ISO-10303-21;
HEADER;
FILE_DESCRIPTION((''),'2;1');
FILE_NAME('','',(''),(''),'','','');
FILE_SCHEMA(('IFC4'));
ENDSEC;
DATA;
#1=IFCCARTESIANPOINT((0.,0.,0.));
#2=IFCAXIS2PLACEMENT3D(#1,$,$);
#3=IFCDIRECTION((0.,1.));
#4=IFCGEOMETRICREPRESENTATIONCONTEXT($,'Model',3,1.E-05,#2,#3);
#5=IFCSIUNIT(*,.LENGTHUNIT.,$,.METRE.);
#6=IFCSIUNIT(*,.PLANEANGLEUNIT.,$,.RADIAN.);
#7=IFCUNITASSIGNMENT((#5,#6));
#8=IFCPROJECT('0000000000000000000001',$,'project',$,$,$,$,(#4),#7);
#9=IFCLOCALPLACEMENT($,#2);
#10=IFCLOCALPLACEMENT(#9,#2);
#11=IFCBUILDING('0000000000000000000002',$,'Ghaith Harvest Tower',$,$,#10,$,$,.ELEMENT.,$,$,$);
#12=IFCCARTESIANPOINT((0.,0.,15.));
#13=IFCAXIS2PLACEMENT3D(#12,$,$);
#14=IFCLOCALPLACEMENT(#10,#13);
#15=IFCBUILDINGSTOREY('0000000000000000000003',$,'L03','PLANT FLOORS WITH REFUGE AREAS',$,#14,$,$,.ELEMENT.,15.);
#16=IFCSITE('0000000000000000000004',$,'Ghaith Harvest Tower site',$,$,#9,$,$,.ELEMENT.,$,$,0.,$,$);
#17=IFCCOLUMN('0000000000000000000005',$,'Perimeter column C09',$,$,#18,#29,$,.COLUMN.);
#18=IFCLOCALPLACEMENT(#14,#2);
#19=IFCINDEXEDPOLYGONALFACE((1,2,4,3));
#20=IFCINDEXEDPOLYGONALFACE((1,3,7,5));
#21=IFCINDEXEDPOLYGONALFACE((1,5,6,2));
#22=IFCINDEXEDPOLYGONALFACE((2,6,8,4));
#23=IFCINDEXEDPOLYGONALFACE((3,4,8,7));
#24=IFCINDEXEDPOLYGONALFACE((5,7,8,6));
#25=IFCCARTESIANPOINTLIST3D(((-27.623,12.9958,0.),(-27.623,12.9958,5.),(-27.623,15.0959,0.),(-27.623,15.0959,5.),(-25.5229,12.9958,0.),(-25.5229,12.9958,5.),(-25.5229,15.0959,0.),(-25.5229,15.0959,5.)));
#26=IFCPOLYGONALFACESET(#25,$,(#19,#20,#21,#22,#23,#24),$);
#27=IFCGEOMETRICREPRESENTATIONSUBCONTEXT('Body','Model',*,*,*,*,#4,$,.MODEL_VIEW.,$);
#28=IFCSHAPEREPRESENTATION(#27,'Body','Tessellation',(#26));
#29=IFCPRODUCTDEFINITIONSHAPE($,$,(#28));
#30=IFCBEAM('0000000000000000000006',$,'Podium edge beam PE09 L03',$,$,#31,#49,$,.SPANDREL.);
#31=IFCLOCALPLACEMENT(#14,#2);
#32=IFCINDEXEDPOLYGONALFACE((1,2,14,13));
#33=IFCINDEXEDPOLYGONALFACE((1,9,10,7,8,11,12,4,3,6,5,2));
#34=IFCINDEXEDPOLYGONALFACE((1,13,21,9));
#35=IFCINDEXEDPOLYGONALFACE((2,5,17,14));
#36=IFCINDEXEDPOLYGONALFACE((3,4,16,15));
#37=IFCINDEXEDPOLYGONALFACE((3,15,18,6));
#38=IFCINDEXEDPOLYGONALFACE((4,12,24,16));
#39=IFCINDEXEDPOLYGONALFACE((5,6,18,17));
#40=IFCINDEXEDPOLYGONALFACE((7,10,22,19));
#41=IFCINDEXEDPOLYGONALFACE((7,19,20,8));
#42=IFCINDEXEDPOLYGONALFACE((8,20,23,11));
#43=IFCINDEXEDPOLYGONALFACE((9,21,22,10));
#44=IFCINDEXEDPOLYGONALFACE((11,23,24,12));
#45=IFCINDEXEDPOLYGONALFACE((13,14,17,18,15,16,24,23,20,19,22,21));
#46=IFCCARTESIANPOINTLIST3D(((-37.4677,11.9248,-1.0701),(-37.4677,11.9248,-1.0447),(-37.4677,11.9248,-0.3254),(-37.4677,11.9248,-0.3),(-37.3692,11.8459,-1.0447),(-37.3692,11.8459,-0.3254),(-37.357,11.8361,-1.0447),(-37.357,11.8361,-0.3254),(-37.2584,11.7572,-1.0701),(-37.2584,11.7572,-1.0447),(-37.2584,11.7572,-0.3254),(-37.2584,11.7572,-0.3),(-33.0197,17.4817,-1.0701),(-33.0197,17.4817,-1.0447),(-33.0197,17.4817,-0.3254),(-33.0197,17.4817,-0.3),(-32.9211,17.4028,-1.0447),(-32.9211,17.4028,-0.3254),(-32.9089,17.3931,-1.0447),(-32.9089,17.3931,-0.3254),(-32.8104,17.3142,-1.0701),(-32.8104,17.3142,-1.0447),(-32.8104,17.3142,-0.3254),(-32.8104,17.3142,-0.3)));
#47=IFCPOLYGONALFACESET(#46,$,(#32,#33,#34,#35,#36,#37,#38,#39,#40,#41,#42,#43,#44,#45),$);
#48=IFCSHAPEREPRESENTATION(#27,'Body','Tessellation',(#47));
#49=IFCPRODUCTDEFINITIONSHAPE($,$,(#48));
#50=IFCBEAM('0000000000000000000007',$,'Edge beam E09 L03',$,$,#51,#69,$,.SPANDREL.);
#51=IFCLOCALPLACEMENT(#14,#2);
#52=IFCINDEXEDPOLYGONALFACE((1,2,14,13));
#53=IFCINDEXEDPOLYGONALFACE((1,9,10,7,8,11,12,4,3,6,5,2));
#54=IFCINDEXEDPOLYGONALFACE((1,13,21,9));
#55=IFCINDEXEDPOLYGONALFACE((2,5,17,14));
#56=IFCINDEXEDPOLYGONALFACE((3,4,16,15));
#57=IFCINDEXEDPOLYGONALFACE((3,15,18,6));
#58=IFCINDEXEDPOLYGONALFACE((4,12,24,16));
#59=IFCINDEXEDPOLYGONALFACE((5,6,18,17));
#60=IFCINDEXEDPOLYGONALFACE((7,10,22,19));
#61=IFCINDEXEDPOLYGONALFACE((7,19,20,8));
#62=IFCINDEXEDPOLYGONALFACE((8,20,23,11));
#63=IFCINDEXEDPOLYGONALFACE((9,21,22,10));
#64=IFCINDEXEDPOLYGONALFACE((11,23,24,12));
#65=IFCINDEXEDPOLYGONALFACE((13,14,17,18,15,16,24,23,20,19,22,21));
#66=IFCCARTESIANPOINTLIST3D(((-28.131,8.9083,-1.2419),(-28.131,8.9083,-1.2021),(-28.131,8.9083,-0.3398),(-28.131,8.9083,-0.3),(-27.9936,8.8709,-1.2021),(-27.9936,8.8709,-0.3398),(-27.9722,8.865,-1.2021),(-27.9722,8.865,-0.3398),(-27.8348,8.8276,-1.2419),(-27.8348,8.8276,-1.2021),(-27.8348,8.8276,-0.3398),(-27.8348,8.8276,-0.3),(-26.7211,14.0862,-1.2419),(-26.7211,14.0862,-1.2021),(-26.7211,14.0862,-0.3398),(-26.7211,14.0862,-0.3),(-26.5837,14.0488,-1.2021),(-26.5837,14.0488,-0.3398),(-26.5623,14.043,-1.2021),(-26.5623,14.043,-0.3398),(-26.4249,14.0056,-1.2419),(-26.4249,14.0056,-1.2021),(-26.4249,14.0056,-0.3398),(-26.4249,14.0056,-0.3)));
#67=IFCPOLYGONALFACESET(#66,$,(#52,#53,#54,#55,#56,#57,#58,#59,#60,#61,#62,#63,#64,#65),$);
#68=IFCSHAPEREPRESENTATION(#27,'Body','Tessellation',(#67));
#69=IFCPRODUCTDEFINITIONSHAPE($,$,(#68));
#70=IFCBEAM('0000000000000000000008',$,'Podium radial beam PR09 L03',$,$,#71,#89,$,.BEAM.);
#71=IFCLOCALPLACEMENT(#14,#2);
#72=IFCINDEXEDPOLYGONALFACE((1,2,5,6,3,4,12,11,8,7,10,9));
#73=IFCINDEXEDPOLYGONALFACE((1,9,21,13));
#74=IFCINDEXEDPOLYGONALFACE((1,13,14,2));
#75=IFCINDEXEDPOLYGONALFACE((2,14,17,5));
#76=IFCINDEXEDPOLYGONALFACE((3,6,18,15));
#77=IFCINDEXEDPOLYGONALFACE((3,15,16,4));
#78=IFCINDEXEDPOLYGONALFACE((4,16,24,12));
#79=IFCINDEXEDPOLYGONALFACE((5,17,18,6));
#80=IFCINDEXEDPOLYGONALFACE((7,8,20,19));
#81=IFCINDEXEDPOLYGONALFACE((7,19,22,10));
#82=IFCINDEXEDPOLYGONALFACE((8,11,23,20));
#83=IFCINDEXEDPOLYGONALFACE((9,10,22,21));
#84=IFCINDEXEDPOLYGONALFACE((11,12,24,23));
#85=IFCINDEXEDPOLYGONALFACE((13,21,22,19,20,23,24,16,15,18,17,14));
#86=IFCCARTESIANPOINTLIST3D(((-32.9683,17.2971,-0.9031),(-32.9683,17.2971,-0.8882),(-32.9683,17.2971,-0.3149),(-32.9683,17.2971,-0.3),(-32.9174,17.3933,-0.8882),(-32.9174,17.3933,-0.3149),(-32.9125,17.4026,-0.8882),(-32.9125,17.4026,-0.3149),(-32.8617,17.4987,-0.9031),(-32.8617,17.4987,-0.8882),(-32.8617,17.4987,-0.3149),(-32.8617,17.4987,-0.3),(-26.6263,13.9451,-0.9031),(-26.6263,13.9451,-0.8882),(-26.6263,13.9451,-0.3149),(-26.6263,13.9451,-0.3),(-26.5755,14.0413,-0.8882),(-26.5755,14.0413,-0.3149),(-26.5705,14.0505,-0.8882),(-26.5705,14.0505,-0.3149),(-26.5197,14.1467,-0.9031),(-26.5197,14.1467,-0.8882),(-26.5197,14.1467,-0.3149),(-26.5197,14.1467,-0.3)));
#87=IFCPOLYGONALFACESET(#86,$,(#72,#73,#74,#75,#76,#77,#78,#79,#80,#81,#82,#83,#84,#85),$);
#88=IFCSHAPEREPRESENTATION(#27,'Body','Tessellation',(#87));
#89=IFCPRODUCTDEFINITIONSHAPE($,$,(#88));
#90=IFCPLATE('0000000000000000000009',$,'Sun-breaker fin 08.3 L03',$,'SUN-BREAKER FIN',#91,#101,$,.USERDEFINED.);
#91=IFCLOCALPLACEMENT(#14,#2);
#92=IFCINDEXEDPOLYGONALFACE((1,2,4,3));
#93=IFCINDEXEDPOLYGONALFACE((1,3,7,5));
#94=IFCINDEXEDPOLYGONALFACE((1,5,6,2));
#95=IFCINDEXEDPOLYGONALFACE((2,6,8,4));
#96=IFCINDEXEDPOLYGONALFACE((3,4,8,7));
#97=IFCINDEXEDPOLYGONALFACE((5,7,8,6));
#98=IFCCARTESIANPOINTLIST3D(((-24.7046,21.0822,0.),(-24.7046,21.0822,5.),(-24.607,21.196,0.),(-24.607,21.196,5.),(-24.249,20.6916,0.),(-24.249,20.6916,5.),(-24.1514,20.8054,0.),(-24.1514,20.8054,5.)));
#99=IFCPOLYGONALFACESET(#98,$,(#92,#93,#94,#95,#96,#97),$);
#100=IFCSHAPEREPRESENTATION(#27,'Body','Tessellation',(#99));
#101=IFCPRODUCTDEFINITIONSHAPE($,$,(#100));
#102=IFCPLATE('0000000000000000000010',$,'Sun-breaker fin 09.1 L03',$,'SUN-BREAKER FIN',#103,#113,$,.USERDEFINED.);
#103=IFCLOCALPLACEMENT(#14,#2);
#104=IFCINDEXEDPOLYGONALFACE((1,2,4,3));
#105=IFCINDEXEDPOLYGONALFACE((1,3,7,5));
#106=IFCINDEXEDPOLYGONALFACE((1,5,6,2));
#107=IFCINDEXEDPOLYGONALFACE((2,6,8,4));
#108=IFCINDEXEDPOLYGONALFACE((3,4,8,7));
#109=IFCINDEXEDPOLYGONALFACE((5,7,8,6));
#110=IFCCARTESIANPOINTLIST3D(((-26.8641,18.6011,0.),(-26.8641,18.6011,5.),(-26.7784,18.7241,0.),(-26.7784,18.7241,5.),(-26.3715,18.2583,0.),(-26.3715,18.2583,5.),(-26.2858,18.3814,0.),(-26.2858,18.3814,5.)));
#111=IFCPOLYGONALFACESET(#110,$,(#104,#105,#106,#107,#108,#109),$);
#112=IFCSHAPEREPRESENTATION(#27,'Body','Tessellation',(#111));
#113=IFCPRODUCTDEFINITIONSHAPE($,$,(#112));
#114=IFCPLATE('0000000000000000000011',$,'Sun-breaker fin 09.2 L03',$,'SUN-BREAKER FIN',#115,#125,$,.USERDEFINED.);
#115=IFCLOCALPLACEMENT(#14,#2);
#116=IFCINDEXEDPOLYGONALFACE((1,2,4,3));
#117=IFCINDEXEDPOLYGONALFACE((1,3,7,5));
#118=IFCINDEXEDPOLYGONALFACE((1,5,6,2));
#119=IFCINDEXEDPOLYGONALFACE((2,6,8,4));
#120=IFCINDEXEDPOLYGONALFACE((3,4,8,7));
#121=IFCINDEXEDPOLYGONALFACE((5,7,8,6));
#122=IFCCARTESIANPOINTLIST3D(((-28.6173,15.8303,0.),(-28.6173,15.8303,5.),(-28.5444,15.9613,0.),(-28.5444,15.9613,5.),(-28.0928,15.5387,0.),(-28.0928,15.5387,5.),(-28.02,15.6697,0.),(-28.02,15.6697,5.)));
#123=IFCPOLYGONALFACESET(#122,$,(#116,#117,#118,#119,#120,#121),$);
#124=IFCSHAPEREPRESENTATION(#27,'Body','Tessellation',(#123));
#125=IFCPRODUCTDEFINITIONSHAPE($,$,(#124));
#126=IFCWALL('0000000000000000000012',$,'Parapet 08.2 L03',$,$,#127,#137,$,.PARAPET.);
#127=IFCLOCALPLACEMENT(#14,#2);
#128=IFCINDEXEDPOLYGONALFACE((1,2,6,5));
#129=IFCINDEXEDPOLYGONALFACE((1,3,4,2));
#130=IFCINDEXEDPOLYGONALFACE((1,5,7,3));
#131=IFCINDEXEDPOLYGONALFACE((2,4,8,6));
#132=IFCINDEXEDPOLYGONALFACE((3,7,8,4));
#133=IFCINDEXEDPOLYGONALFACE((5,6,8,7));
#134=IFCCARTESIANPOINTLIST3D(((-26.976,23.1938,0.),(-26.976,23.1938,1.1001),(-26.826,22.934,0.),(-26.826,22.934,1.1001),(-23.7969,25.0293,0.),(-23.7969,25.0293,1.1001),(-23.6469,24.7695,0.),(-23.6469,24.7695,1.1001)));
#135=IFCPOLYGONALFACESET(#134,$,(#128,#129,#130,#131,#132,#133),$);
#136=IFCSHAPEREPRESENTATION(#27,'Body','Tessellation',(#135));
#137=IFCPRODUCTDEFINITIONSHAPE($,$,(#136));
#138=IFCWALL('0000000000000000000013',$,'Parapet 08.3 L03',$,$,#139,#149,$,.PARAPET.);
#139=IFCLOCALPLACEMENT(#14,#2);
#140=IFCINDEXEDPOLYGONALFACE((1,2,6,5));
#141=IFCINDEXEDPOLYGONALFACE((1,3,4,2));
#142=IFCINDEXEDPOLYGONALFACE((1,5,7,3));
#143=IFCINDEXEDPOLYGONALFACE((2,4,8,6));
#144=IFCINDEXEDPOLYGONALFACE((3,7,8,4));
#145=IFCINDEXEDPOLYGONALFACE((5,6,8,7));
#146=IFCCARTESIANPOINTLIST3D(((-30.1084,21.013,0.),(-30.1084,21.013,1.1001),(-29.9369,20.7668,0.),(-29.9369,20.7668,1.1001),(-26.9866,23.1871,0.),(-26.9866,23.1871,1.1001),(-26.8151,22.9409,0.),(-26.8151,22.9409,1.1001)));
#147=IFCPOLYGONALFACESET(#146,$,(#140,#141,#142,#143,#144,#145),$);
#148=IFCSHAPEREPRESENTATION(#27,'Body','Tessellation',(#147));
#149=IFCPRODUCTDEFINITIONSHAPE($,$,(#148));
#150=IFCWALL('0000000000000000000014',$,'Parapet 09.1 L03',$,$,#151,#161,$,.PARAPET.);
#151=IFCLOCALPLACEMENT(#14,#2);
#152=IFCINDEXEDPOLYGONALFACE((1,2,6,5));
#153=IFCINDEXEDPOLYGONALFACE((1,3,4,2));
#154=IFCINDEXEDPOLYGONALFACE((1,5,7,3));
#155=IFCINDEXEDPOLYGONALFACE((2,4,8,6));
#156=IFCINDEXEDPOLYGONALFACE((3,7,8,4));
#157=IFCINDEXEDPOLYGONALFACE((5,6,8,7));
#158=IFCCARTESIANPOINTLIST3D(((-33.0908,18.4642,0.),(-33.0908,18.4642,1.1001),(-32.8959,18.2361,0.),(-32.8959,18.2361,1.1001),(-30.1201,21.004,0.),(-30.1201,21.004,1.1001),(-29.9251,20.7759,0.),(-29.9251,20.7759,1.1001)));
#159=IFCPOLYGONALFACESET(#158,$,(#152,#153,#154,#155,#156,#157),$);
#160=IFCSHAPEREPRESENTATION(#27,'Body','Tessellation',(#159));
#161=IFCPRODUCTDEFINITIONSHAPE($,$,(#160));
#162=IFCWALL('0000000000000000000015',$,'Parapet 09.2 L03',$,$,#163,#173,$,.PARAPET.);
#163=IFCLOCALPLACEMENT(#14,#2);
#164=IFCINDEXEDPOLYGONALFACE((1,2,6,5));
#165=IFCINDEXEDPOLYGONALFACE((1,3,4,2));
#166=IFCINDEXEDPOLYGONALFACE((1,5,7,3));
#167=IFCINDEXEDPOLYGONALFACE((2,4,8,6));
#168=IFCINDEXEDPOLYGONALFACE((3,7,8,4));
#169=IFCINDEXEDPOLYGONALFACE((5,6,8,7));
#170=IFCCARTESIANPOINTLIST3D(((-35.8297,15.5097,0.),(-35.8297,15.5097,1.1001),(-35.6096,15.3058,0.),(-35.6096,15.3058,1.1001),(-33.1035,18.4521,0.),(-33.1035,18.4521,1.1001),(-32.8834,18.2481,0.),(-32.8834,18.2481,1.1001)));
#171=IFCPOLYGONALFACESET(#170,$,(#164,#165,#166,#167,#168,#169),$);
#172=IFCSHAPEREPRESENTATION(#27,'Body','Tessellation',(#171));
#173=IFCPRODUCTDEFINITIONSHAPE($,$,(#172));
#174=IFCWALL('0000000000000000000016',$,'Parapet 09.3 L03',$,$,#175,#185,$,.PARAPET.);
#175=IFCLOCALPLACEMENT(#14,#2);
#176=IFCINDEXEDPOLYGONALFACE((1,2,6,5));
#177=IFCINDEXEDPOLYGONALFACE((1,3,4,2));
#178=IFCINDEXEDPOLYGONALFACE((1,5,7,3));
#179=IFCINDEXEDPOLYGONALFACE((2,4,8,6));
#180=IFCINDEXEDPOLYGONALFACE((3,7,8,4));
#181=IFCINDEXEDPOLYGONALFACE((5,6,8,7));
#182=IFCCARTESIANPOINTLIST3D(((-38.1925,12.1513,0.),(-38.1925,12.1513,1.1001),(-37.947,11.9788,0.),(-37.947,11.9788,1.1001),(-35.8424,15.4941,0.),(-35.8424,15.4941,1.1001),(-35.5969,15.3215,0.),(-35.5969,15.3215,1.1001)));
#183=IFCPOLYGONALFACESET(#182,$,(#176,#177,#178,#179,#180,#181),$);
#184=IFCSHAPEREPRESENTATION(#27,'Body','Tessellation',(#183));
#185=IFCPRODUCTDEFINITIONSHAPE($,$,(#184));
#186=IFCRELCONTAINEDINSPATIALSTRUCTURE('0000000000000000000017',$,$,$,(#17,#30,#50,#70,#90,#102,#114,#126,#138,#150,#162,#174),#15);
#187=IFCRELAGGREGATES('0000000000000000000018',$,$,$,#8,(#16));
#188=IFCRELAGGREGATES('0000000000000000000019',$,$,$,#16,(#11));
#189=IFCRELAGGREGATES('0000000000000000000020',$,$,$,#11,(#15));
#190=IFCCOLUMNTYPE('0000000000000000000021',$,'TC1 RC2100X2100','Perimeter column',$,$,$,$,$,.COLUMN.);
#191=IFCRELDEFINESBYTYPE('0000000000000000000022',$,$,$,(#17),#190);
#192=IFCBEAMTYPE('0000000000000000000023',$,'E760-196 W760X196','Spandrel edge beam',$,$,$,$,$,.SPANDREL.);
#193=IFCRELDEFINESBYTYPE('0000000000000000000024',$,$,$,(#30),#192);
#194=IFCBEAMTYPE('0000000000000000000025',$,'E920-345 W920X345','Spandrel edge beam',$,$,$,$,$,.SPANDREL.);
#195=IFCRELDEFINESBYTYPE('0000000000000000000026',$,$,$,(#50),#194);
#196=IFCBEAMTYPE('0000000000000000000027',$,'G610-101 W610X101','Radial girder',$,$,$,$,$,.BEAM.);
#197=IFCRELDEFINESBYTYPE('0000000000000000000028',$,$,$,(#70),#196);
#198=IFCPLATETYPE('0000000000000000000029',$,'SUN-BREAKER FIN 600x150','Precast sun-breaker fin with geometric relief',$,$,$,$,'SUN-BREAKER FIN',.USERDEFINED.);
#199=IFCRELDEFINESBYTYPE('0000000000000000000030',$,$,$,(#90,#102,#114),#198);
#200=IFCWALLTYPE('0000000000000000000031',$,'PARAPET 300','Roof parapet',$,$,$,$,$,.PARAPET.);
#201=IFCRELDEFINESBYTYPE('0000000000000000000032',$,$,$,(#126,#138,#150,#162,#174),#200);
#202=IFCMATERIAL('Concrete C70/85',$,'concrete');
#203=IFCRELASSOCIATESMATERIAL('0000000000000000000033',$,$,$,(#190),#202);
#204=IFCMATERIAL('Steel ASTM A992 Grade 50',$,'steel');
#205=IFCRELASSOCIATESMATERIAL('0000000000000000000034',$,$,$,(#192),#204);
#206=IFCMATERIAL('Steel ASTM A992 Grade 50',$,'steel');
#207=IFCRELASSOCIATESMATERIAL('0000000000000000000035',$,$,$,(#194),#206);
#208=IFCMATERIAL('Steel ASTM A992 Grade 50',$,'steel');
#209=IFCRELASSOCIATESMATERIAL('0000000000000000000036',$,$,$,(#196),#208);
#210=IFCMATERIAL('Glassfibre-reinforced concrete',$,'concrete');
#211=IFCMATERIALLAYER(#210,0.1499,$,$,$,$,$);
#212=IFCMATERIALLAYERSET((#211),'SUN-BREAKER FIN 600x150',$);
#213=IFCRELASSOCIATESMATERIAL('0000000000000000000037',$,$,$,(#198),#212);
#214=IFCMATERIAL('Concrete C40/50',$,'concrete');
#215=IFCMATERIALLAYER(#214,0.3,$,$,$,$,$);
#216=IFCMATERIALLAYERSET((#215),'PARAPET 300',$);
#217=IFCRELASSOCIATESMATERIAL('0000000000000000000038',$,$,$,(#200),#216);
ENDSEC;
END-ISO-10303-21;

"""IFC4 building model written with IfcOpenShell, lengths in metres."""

from ifc_helpers import new_model, si_unit, direction, frame, frame_2d, origin, origin_2d, place, context, subcontext, project, spatial, rectangle, i_section, extrude, material, layer, layer_set, material_profile, profile_set, type_object, element, save


model = new_model("IFC4")

# Units and contexts
model_context = context("Model", 3, precision=1e-05, world=origin(), true_north=direction((0.0, 1.0)))
body_context = subcontext(model_context, "Body", "Model", "MODEL_VIEW")
ifc_project = project(units=[si_unit("LENGTHUNIT", "METRE"), si_unit("PLANEANGLEUNIT", "RADIAN")], contexts=[model_context])

# Site, building, storey
site_placement = place(None, origin())
site = spatial("IfcSite", under=ifc_project, at=site_placement, Name="Ghaith Harvest Tower site", CompositionType="ELEMENT", RefElevation=0.0)
building_placement = place(site_placement, origin())
building = spatial("IfcBuilding", under=site, at=building_placement, Name="Ghaith Harvest Tower", CompositionType="ELEMENT")
storey_placement = place(building_placement, frame((0.0, 0.0, 15.0)))
storey = spatial("IfcBuildingStorey", under=building, at=storey_placement, Name="L03", Description="PLANT FLOORS WITH REFUGE AREAS", CompositionType="ELEMENT", Elevation=15.0)

# Column
ifc_material_1 = material(Name="Concrete C70/85", Category="concrete")
ifc_material_profile_1 = material_profile(ifc_material_1, rectangle(XDim=2.1001, YDim=2.1001, at=origin_2d()), Name="RC2100X2100")
ifc_profile_set_1 = profile_set([ifc_material_profile_1], Name="Concrete C70/85")
column_type = type_object("IfcColumnType", Name="TC1 RC2100X2100", Description="Perimeter column", PredefinedType="COLUMN", material=ifc_profile_set_1)
column_placement = place(storey_placement, frame((-26.573, 14.0459, 0.0), z_axis=(0.0, 0.0, 1.0), x_axis=(1.0, 0.0, 0.0)))
element("IfcColumn", 1, at=column_placement, inside=storey, type_object=column_type, Name="Perimeter column C09", PredefinedType="COLUMN", context=body_context, shape_type="SweptSolid", body=[
    extrude(rectangle(XDim=2.1001, YDim=2.1001, at=origin_2d()), origin(), (0.0, 0.0, 1.0), 5.0),
])

# Beams
ifc_material_2 = material(Name="Steel ASTM A992 Grade 50", Category="steel")
ifc_material_profile_2 = material_profile(ifc_material_2, i_section(OverallWidth=0.2681, OverallDepth=0.77, WebThickness=0.0156, FlangeThickness=0.0254, at=origin_2d()), Name="W760X196")
ifc_profile_set_2 = profile_set([ifc_material_profile_2], Name="Steel ASTM A992 Grade 50")
beam_type_1 = type_object("IfcBeamType", Name="E760-196 W760X196", Description="Spandrel edge beam", PredefinedType="SPANDREL", material=ifc_profile_set_2)
beam_1_placement = place(storey_placement, frame((-32.915, 17.3979, -0.6851), z_axis=(-0.624908, -0.780698, 0.0), x_axis=(0.780698, -0.624908, 0.0)))
element("IfcBeam", 2, at=beam_1_placement, inside=storey, type_object=beam_type_1, Name="Podium edge beam PE09 L03", PredefinedType="SPANDREL", context=body_context, shape_type="SweptSolid", body=[
    extrude(i_section(OverallWidth=0.2681, OverallDepth=0.77, WebThickness=0.0156, FlangeThickness=0.0254, at=origin_2d()), origin(), (0.0, 0.0, 1.0), 7.1179),
])
ifc_material_3 = material(Name="Steel ASTM A992 Grade 50", Category="steel")
ifc_material_profile_3 = material_profile(ifc_material_3, i_section(OverallWidth=0.3069, OverallDepth=0.9419, WebThickness=0.0222, FlangeThickness=0.0398, at=origin_2d()), Name="W920X345")
ifc_profile_set_3 = profile_set([ifc_material_profile_3], Name="Steel ASTM A992 Grade 50")
beam_type_2 = type_object("IfcBeamType", Name="E920-345 W920X345", Description="Spandrel edge beam", PredefinedType="SPANDREL", material=ifc_profile_set_3)
beam_2_placement = place(storey_placement, frame((-26.573, 14.0459, -0.771), z_axis=(-0.262725, -0.964871, 0.0), x_axis=(0.964871, -0.262725, 0.0)))
element("IfcBeam", 3, at=beam_2_placement, inside=storey, type_object=beam_type_2, Name="Edge beam E09 L03", PredefinedType="SPANDREL", context=body_context, shape_type="SweptSolid", body=[
    extrude(i_section(OverallWidth=0.3069, OverallDepth=0.9419, WebThickness=0.0222, FlangeThickness=0.0398, at=origin_2d()), origin(), (0.0, 0.0, 1.0), 5.3665),
])
ifc_material_4 = material(Name="Steel ASTM A992 Grade 50", Category="steel")
ifc_material_profile_4 = material_profile(ifc_material_4, i_section(OverallWidth=0.228, OverallDepth=0.603, WebThickness=0.0105, FlangeThickness=0.0149, at=origin_2d()), Name="W610X101")
ifc_profile_set_4 = profile_set([ifc_material_profile_4], Name="Steel ASTM A992 Grade 50")
beam_type_3 = type_object("IfcBeamType", Name="G610-101 W610X101", Description="Radial girder", PredefinedType="BEAM", material=ifc_profile_set_4)
beam_3_placement = place(storey_placement, frame((-26.573, 14.0459, -0.6016), z_axis=(-0.884105, 0.467289, 0.0), x_axis=(-0.467289, -0.884105, 0.0)))
element("IfcBeam", 4, at=beam_3_placement, inside=storey, type_object=beam_type_3, Name="Podium radial beam PR09 L03", PredefinedType="BEAM", context=body_context, shape_type="SweptSolid", body=[
    extrude(i_section(OverallWidth=0.228, OverallDepth=0.603, WebThickness=0.0105, FlangeThickness=0.0149, at=origin_2d()), origin(), (0.0, 0.0, 1.0), 7.1733),
])

# Plates
ifc_material_5 = material(Name="Glassfibre-reinforced concrete", Category="concrete")
ifc_layer_1 = layer(ifc_material_5, 0.1499)
ifc_layer_set_1 = layer_set([ifc_layer_1], Name="SUN-BREAKER FIN 600x150")
plate_type = type_object("IfcPlateType", Name="SUN-BREAKER FIN 600x150", Description="Precast sun-breaker fin with geometric relief", ElementType="SUN-BREAKER FIN", PredefinedType="USERDEFINED", material=ifc_layer_set_1)
for number, where, z_axis, x_axis, name in (
    (5, (-24.428, 20.9438, 0.0), (0.0, 0.0, 1.0), (-0.75917, 0.650893, 0.0), "Sun-breaker fin 08.3 L03"),
    (6, (-26.575, 18.4912, 0.0), (0.0, 0.0, 1.0), (-0.820845, 0.57115, 0.0), "Sun-breaker fin 09.1 L03"),
    (7, (-28.3186, 15.75, 0.0), (0.0, 0.0, 1.0), (-0.873927, 0.486057, 0.0), "Sun-breaker fin 09.2 L03"),
):
    element("IfcPlate", number, at=place(storey_placement, frame(where, z_axis=z_axis, x_axis=x_axis)), inside=storey, type_object=plate_type, Name=name, ObjectType="SUN-BREAKER FIN", PredefinedType="USERDEFINED", context=body_context, shape_type="SweptSolid", body=[
        extrude(rectangle(XDim=0.6001, YDim=0.1499, at=origin_2d()), origin(), (0.0, 0.0, 1.0), 5.0),
    ])

# Walls
ifc_material_6 = material(Name="Concrete C40/50", Category="concrete")
ifc_layer_2 = layer(ifc_material_6, 0.3)
ifc_layer_set_2 = layer_set([ifc_layer_2], Name="PARAPET 300")
wall_type_1 = type_object("IfcWallType", Name="PARAPET 300", Description="Roof parapet", PredefinedType="PARAPET", material=ifc_layer_set_2)
wall_1_placement = place(storey_placement, frame((-23.7219, 24.8994, 0.0), z_axis=(0.0, 0.0, 1.0), x_axis=(-0.866016, -0.500016, 0.0)))
element("IfcWall", 8, at=wall_1_placement, inside=storey, type_object=wall_type_1, Name="Parapet 08.2 L03", PredefinedType="PARAPET", context=body_context, shape_type="SweptSolid", body=[
    extrude(rectangle(XDim=3.6709, YDim=0.3, at=frame_2d((1.8354, 0.0))), origin(), (0.0, 0.0, 1.0), 1.1001),
])
wall_2_placement = place(storey_placement, frame((-26.9009, 23.064, 0.0), z_axis=(0.0, 0.0, 1.0), x_axis=(-0.820613, -0.571484, 0.0)))
element("IfcWall", 9, at=wall_2_placement, inside=storey, type_object=wall_type_1, Name="Parapet 08.3 L03", PredefinedType="PARAPET", context=body_context, shape_type="SweptSolid", body=[
    extrude(rectangle(XDim=3.8042, YDim=0.3, at=frame_2d((1.9021, 0.0))), origin(), (0.0, 0.0, 1.0), 1.1001),
])
wall_3_placement = place(storey_placement, frame((-30.0227, 20.8899, 0.0), z_axis=(0.0, 0.0, 1.0), x_axis=(-0.760081, -0.649829, 0.0)))
element("IfcWall", 10, at=wall_3_placement, inside=storey, type_object=wall_type_1, Name="Parapet 09.1 L03", PredefinedType="PARAPET", context=body_context, shape_type="SweptSolid", body=[
    extrude(rectangle(XDim=3.9084, YDim=0.3, at=frame_2d((1.9541, 0.0))), origin(), (0.0, 0.0, 1.0), 1.1001),
])
wall_4_placement = place(storey_placement, frame((-32.9934, 18.3501, 0.0), z_axis=(0.0, 0.0, 1.0), x_axis=(-0.679662, -0.733526, 0.0)))
element("IfcWall", 11, at=wall_4_placement, inside=storey, type_object=wall_type_1, Name="Parapet 09.2 L03", PredefinedType="PARAPET", context=body_context, shape_type="SweptSolid", body=[
    extrude(rectangle(XDim=4.0112, YDim=0.3, at=frame_2d((2.0056, 0.0))), origin(), (0.0, 0.0, 1.0), 1.1001),
])
wall_5_placement = place(storey_placement, frame((-35.7197, 15.4077, 0.0), z_axis=(0.0, 0.0, 1.0), x_axis=(-0.575129, -0.818063, 0.0)))
element("IfcWall", 12, at=wall_5_placement, inside=storey, type_object=wall_type_1, Name="Parapet 09.3 L03", PredefinedType="PARAPET", context=body_context, shape_type="SweptSolid", body=[
    extrude(rectangle(XDim=4.0862, YDim=0.3, at=frame_2d((2.043, 0.0))), origin(), (0.0, 0.0, 1.0), 1.1001),
])

save(model, "model.ifc")
